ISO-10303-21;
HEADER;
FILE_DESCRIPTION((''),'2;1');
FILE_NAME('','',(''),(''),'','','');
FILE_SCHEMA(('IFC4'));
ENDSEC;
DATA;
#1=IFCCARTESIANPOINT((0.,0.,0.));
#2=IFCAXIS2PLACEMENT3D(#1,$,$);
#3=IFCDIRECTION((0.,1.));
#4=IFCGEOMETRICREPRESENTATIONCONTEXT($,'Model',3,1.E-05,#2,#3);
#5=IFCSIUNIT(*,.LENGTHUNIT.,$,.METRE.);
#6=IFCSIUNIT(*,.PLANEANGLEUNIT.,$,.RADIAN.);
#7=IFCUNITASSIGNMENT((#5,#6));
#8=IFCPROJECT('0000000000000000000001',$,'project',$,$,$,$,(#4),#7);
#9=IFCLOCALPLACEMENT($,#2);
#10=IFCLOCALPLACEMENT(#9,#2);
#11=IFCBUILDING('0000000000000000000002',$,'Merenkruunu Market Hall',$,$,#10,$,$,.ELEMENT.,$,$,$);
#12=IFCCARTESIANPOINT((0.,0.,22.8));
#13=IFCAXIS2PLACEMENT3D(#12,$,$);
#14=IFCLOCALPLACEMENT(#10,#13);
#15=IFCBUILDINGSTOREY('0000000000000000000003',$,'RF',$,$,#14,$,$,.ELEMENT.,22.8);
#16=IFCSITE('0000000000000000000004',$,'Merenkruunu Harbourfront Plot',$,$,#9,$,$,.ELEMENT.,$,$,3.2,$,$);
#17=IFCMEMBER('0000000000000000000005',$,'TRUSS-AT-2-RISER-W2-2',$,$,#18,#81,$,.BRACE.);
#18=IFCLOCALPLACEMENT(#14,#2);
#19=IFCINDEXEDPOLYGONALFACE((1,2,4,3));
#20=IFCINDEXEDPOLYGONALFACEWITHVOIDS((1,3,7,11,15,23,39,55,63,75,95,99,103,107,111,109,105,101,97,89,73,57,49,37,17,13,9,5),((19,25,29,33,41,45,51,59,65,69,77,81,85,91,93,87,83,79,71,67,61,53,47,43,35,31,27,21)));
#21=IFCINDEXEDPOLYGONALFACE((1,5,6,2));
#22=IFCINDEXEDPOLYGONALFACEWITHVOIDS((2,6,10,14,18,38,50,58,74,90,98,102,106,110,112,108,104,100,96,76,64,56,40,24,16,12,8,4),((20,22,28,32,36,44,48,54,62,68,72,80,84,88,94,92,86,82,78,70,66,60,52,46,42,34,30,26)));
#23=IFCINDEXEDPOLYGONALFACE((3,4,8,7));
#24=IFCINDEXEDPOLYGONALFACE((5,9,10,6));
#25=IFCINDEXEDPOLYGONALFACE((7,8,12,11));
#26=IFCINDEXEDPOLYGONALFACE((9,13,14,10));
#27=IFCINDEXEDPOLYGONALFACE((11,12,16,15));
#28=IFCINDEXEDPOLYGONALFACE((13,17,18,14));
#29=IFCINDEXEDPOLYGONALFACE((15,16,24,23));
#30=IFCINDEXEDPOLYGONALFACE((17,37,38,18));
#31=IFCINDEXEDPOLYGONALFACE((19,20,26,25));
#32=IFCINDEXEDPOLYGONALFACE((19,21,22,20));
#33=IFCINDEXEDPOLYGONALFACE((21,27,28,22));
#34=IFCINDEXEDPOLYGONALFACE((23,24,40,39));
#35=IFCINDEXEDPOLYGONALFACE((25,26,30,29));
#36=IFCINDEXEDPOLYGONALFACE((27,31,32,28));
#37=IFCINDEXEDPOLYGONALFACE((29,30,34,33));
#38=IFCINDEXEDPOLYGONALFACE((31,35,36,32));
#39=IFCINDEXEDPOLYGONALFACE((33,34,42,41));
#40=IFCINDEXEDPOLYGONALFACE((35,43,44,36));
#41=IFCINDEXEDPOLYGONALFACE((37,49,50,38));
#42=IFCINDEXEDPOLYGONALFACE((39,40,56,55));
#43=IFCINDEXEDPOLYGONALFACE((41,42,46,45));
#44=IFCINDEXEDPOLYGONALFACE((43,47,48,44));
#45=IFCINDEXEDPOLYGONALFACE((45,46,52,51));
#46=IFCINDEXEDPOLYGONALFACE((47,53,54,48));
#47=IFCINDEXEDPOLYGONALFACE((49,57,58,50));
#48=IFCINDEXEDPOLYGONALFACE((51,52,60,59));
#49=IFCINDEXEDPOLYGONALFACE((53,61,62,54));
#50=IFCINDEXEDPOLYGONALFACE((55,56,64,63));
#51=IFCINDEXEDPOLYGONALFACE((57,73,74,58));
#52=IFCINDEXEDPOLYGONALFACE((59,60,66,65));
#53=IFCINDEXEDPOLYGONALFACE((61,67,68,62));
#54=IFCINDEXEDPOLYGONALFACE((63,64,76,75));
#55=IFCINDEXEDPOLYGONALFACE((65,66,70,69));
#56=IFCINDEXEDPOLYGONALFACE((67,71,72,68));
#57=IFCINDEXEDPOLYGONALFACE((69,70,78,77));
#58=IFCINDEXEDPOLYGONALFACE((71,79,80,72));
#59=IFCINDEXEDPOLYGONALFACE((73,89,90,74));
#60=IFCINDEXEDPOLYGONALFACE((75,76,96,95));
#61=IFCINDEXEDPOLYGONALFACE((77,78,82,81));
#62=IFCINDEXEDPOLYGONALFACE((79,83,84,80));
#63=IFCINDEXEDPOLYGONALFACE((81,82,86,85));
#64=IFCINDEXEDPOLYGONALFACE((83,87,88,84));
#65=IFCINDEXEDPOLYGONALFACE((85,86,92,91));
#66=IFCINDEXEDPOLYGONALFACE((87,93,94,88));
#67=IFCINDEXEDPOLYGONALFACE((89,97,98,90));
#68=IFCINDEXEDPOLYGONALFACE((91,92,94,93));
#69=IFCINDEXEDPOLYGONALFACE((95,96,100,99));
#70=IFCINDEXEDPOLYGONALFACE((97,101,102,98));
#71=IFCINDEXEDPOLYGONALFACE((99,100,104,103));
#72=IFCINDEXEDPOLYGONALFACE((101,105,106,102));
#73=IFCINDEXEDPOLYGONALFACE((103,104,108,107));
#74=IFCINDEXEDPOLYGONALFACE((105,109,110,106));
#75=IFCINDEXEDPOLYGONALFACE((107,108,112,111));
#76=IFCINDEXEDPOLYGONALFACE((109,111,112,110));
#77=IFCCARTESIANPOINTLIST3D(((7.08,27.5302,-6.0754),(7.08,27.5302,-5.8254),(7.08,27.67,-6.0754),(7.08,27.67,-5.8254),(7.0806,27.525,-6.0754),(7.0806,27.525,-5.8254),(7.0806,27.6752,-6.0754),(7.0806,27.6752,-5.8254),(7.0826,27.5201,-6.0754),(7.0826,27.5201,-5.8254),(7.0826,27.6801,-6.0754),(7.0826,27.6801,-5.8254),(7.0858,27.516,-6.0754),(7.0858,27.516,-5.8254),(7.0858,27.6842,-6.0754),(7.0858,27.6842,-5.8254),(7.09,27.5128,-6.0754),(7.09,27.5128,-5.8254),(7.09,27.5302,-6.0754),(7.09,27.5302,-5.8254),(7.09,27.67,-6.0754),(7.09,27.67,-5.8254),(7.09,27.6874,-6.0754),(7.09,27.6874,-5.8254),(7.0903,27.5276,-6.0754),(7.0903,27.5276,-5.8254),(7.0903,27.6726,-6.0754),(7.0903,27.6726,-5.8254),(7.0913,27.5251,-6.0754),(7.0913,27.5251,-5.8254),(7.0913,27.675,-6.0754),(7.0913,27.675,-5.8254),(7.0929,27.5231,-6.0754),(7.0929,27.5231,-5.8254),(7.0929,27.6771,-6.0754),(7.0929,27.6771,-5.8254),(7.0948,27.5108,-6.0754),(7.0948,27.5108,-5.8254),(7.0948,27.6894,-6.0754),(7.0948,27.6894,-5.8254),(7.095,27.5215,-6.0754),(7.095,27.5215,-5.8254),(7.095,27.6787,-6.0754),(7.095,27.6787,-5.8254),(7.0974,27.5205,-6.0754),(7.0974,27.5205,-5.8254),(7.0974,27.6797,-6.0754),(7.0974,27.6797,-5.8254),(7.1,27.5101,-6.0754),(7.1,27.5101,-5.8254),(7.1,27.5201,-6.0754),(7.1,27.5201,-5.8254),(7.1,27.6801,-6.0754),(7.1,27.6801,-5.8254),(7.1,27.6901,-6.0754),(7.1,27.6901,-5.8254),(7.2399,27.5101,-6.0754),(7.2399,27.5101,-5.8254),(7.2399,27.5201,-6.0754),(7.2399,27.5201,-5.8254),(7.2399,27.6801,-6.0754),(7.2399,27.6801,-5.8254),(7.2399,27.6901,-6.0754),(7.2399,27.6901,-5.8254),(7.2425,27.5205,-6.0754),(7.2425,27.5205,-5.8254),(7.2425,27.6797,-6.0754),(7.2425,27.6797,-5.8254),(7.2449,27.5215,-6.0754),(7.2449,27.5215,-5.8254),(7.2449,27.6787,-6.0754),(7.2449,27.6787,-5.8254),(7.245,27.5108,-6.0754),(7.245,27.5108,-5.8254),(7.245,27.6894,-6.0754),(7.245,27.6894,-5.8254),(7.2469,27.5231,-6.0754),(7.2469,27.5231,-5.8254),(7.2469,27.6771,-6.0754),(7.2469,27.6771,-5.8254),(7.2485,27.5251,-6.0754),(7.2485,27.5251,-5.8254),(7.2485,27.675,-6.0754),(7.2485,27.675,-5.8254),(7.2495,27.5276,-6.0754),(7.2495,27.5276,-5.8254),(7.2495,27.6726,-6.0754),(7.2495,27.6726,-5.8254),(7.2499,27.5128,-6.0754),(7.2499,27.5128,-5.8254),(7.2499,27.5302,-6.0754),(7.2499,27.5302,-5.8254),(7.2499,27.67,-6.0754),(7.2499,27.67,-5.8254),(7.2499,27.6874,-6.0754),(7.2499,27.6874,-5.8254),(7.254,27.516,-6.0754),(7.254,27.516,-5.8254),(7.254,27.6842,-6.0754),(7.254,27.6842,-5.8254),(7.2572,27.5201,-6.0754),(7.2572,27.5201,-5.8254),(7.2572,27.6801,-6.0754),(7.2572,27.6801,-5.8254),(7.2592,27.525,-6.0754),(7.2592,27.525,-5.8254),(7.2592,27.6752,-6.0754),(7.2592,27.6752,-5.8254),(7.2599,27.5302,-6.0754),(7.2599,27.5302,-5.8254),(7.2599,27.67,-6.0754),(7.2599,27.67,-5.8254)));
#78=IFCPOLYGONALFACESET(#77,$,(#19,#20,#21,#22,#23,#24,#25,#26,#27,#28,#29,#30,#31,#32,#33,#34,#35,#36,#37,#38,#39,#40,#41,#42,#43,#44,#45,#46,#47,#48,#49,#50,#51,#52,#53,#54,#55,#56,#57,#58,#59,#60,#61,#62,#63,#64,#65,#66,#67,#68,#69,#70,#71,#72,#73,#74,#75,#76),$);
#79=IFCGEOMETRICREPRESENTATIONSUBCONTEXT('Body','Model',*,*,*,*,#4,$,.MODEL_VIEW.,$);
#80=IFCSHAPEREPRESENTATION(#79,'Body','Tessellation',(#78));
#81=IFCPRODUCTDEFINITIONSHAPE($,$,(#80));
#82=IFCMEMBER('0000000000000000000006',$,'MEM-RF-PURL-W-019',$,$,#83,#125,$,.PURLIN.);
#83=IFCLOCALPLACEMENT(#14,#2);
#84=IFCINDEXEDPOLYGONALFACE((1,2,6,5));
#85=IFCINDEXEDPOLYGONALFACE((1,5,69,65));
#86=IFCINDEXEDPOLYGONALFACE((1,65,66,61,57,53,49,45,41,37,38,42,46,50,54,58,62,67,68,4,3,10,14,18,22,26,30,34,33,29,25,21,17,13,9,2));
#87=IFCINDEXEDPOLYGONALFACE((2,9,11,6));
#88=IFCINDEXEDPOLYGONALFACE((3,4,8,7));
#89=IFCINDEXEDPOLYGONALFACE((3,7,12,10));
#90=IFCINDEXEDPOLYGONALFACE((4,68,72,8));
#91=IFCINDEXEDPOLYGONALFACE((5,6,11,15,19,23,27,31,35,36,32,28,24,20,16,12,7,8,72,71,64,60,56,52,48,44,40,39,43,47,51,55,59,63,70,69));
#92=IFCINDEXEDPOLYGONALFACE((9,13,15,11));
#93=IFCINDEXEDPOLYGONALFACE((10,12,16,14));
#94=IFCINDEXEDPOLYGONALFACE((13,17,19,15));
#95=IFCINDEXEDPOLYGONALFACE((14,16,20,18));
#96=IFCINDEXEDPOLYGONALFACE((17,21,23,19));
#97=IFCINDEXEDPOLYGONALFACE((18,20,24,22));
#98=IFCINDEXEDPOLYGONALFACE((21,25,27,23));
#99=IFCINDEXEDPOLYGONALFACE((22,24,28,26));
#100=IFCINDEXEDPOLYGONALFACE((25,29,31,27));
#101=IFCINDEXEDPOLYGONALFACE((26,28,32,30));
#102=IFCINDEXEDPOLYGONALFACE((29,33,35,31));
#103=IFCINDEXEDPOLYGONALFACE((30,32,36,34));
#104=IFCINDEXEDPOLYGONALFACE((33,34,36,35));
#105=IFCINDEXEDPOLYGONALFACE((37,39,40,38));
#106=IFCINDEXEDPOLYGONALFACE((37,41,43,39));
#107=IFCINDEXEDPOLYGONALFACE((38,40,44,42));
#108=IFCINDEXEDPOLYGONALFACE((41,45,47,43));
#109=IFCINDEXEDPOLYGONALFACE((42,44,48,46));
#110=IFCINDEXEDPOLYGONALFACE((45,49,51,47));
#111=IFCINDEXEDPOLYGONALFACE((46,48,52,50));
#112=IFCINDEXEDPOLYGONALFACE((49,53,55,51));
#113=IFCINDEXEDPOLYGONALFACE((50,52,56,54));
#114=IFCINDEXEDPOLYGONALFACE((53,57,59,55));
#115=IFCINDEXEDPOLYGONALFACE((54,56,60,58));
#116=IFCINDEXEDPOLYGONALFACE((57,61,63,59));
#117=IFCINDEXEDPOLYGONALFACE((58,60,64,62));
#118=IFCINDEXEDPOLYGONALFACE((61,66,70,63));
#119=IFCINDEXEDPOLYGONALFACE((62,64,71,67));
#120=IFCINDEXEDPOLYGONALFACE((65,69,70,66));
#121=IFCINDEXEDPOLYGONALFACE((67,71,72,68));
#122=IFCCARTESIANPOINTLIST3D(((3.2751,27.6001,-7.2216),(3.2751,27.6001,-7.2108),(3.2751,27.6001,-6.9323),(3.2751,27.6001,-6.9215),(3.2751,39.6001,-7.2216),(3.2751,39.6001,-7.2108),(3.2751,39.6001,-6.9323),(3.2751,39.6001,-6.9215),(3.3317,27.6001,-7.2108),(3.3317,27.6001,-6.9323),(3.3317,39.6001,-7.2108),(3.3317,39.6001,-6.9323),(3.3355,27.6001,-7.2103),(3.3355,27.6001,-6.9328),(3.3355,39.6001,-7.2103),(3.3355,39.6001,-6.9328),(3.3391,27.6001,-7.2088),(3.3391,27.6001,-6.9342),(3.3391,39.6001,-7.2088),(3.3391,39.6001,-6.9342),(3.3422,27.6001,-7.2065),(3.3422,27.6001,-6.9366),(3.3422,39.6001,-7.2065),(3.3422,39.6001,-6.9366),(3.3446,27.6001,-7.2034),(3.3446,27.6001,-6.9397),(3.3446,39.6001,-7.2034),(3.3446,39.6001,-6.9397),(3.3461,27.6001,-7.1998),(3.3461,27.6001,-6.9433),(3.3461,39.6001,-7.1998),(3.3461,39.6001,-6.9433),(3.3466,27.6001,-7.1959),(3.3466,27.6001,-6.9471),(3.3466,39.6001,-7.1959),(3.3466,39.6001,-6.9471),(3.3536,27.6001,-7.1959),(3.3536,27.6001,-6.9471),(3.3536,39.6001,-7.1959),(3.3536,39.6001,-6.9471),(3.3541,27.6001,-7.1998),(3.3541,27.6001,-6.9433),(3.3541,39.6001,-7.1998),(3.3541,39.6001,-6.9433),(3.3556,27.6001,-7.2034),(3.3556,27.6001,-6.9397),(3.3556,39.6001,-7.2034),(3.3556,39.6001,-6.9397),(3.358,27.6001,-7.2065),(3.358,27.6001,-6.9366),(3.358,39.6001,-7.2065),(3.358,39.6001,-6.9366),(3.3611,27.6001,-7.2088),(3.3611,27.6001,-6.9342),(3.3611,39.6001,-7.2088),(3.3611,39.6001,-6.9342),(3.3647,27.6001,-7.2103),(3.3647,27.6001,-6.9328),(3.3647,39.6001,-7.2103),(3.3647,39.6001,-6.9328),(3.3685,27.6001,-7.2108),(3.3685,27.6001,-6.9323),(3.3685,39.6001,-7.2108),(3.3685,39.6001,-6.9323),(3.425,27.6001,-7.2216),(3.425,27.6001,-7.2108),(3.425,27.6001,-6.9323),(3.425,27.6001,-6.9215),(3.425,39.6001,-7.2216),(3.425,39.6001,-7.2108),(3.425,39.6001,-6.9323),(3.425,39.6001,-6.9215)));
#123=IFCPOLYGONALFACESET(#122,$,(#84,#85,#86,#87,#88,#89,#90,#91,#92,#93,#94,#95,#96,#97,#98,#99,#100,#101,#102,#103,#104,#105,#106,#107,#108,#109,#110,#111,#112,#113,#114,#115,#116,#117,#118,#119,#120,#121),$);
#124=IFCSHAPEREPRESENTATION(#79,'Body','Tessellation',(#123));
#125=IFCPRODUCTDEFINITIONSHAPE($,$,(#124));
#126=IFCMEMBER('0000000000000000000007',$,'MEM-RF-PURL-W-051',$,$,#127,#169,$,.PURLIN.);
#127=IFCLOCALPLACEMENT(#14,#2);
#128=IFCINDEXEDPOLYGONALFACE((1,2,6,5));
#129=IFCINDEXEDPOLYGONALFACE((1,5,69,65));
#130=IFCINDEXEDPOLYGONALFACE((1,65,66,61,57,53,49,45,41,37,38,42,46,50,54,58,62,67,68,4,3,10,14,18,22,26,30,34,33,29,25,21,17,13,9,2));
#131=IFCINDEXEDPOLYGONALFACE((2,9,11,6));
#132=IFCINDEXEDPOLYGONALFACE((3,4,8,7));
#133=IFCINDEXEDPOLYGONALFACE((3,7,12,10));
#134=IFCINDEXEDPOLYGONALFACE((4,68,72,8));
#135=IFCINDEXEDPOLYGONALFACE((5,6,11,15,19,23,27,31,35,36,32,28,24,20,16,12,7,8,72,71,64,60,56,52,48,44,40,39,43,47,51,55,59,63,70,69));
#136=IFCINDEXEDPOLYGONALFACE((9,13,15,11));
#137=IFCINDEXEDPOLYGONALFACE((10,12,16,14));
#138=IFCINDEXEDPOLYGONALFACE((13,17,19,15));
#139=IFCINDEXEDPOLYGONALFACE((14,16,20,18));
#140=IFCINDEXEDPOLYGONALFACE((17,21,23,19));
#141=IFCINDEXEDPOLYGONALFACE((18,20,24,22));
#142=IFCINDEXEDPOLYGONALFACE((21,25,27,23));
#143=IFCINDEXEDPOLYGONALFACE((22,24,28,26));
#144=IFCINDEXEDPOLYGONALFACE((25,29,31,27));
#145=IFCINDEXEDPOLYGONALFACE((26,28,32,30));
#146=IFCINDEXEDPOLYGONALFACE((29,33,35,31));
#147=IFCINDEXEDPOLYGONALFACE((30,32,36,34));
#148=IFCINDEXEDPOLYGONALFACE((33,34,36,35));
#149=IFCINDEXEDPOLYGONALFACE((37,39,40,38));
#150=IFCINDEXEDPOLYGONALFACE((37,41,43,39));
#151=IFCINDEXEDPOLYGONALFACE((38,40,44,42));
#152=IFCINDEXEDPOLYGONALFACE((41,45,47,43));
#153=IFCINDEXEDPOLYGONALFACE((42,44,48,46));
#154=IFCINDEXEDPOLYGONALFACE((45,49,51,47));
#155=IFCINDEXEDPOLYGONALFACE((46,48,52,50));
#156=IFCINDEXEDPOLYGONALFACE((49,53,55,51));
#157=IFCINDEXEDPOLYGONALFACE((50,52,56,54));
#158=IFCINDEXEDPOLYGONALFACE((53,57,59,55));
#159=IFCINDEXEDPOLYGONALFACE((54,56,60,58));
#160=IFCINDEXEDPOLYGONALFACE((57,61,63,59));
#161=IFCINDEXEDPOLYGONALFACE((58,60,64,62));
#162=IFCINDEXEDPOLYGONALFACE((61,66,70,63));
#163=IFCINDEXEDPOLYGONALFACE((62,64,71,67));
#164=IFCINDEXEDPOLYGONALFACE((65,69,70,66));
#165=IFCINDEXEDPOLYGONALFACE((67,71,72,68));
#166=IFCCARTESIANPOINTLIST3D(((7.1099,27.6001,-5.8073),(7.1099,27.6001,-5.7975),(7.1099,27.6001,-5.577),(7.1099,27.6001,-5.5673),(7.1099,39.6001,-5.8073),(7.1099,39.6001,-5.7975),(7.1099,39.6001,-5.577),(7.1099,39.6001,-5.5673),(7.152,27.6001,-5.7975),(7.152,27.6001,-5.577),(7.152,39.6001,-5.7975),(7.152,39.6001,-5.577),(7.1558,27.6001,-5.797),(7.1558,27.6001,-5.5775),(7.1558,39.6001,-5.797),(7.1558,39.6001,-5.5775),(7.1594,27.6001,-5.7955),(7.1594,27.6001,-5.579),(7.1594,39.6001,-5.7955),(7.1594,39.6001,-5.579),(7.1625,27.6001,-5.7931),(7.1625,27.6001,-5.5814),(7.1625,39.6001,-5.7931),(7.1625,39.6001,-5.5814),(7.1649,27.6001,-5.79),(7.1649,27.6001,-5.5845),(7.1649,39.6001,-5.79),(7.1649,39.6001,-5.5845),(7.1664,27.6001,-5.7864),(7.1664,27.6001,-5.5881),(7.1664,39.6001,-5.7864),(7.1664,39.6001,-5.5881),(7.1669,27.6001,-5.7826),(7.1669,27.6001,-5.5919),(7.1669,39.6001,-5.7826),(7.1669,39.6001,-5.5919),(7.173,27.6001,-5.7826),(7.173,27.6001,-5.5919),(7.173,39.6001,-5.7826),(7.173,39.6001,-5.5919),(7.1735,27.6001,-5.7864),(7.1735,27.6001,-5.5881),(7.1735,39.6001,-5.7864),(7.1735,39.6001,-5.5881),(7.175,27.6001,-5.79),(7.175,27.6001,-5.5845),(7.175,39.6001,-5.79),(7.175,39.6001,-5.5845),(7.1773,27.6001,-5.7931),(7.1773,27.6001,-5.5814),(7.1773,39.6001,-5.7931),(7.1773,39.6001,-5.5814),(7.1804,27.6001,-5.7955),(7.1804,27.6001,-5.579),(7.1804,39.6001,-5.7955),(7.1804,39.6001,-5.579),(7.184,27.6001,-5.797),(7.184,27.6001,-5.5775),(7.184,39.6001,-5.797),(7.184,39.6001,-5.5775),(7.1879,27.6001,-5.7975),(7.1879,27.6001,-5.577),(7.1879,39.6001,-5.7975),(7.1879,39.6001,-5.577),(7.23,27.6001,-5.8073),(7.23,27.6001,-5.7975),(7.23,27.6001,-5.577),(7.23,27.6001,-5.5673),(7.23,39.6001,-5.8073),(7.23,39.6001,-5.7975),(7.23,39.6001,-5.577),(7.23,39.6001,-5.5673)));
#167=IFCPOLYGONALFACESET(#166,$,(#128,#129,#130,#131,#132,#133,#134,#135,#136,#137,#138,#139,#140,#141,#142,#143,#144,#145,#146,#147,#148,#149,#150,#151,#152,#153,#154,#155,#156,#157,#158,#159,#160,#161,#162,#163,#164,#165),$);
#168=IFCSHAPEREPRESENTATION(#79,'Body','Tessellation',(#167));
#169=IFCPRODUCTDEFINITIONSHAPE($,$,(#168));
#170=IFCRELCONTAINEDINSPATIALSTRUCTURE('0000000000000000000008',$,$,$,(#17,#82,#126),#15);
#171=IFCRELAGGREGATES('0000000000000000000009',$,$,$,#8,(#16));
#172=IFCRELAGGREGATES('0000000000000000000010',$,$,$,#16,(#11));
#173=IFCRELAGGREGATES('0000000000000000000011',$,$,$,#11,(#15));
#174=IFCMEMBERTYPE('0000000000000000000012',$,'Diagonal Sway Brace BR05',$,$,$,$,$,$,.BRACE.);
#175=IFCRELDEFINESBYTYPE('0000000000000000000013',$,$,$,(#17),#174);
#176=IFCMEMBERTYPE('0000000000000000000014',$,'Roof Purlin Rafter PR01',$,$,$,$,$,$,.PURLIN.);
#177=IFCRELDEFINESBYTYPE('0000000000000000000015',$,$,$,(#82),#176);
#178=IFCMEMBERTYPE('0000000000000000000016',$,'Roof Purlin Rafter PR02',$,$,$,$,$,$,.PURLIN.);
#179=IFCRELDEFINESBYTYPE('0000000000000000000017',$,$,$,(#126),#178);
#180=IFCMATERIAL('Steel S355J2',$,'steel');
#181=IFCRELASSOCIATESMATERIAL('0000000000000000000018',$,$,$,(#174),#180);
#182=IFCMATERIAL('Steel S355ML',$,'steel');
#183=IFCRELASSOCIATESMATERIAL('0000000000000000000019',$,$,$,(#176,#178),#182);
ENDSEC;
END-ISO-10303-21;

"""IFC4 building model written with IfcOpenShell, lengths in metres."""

from ifc_helpers import new_model, si_unit, direction, frame, origin, origin_2d, place, context, subcontext, project, spatial, hollow_rectangle, i_section, extrude, material, material_profile, profile_set, type_object, element, save


model = new_model("IFC4")

# Units and contexts
model_context = context("Model", 3, precision=1e-05, world=origin(), true_north=direction((0.0, 1.0)))
body_context = subcontext(model_context, "Body", "Model", "MODEL_VIEW")
ifc_project = project(units=[si_unit("LENGTHUNIT", "METRE"), si_unit("PLANEANGLEUNIT", "RADIAN")], contexts=[model_context])

# Site, building, storey
site_placement = place(None, origin())
site = spatial("IfcSite", under=ifc_project, at=site_placement, Name="Merenkruunu Harbourfront Plot", CompositionType="ELEMENT", RefElevation=3.2)
building_placement = place(site_placement, origin())
building = spatial("IfcBuilding", under=site, at=building_placement, Name="Merenkruunu Market Hall", CompositionType="ELEMENT")
storey_placement = place(building_placement, frame((0.0, 0.0, 22.8)))
storey = spatial("IfcBuildingStorey", under=building, at=storey_placement, Name="RF", CompositionType="ELEMENT", Elevation=22.8)

# Shared definitions
ifc_material_1 = material(Name="Steel S355ML", Category="steel")

# Members
ifc_material_2 = material(Name="Steel S355J2", Category="steel")
ifc_material_profile_1 = material_profile(ifc_material_2, hollow_rectangle(XDim=0.1799, YDim=0.1799, WallThickness=0.01, InnerFilletRadius=0.01, OuterFilletRadius=0.02, at=origin_2d()), Name="SHS 180x180x10")
ifc_profile_set_1 = profile_set([ifc_material_profile_1], Name="Steel S355J2")
member_type_1 = type_object("IfcMemberType", Name="Diagonal Sway Brace BR05", PredefinedType="BRACE", material=ifc_profile_set_1)
member_1_placement = place(storey_placement, frame((7.1699, 27.6001, -6.0754), z_axis=(0.0, 0.0, 1.0), x_axis=(1.0, 0.0, 0.0)))
element("IfcMember", 1, at=member_1_placement, inside=storey, type_object=member_type_1, Name="TRUSS-AT-2-RISER-W2-2", PredefinedType="BRACE", context=body_context, shape_type="SweptSolid", body=[
    extrude(hollow_rectangle(XDim=0.1799, YDim=0.1799, WallThickness=0.01, InnerFilletRadius=0.01, OuterFilletRadius=0.02, at=origin_2d()), origin(), (0.0, 0.0, 1.0), 0.25),
])
ifc_material_profile_2 = material_profile(ifc_material_1, i_section(OverallWidth=0.1499, OverallDepth=0.3, WebThickness=0.0071, FlangeThickness=0.0107, FilletRadius=0.0149, at=origin_2d()), Name="IPE 300")
ifc_profile_set_2 = profile_set([ifc_material_profile_2], Name="Steel S355ML")
member_type_2 = type_object("IfcMemberType", Name="Roof Purlin Rafter PR01", PredefinedType="PURLIN", material=ifc_profile_set_2)
member_2_placement = place(storey_placement, frame((3.3501, 27.6001, -7.0715), z_axis=(0.0, 1.0, 0.0), x_axis=(-1.0, 0.0, 0.0)))
element("IfcMember", 2, at=member_2_placement, inside=storey, type_object=member_type_2, Name="MEM-RF-PURL-W-019", PredefinedType="PURLIN", context=body_context, shape_type="SweptSolid", body=[
    extrude(i_section(OverallWidth=0.1499, OverallDepth=0.3, WebThickness=0.0071, FlangeThickness=0.0107, FilletRadius=0.0149, at=origin_2d()), origin(), (0.0, 0.0, 1.0), 12.0),
])
ifc_material_profile_3 = material_profile(ifc_material_1, i_section(OverallWidth=0.1201, OverallDepth=0.24, WebThickness=0.0061, FlangeThickness=0.0098, FilletRadius=0.0149, at=origin_2d()), Name="IPE 240")
ifc_profile_set_3 = profile_set([ifc_material_profile_3], Name="Steel S355ML")
member_type_3 = type_object("IfcMemberType", Name="Roof Purlin Rafter PR02", PredefinedType="PURLIN", material=ifc_profile_set_3)
member_3_placement = place(storey_placement, frame((7.1699, 27.6001, -5.6873), z_axis=(0.0, 1.0, 0.0), x_axis=(-1.0, 0.0, 0.0)))
element("IfcMember", 3, at=member_3_placement, inside=storey, type_object=member_type_3, Name="MEM-RF-PURL-W-051", PredefinedType="PURLIN", context=body_context, shape_type="SweptSolid", body=[
    extrude(i_section(OverallWidth=0.1201, OverallDepth=0.24, WebThickness=0.0061, FlangeThickness=0.0098, FilletRadius=0.0149, at=origin_2d()), origin(), (0.0, 0.0, 1.0), 12.0),
])

save(model, "model.ifc")
